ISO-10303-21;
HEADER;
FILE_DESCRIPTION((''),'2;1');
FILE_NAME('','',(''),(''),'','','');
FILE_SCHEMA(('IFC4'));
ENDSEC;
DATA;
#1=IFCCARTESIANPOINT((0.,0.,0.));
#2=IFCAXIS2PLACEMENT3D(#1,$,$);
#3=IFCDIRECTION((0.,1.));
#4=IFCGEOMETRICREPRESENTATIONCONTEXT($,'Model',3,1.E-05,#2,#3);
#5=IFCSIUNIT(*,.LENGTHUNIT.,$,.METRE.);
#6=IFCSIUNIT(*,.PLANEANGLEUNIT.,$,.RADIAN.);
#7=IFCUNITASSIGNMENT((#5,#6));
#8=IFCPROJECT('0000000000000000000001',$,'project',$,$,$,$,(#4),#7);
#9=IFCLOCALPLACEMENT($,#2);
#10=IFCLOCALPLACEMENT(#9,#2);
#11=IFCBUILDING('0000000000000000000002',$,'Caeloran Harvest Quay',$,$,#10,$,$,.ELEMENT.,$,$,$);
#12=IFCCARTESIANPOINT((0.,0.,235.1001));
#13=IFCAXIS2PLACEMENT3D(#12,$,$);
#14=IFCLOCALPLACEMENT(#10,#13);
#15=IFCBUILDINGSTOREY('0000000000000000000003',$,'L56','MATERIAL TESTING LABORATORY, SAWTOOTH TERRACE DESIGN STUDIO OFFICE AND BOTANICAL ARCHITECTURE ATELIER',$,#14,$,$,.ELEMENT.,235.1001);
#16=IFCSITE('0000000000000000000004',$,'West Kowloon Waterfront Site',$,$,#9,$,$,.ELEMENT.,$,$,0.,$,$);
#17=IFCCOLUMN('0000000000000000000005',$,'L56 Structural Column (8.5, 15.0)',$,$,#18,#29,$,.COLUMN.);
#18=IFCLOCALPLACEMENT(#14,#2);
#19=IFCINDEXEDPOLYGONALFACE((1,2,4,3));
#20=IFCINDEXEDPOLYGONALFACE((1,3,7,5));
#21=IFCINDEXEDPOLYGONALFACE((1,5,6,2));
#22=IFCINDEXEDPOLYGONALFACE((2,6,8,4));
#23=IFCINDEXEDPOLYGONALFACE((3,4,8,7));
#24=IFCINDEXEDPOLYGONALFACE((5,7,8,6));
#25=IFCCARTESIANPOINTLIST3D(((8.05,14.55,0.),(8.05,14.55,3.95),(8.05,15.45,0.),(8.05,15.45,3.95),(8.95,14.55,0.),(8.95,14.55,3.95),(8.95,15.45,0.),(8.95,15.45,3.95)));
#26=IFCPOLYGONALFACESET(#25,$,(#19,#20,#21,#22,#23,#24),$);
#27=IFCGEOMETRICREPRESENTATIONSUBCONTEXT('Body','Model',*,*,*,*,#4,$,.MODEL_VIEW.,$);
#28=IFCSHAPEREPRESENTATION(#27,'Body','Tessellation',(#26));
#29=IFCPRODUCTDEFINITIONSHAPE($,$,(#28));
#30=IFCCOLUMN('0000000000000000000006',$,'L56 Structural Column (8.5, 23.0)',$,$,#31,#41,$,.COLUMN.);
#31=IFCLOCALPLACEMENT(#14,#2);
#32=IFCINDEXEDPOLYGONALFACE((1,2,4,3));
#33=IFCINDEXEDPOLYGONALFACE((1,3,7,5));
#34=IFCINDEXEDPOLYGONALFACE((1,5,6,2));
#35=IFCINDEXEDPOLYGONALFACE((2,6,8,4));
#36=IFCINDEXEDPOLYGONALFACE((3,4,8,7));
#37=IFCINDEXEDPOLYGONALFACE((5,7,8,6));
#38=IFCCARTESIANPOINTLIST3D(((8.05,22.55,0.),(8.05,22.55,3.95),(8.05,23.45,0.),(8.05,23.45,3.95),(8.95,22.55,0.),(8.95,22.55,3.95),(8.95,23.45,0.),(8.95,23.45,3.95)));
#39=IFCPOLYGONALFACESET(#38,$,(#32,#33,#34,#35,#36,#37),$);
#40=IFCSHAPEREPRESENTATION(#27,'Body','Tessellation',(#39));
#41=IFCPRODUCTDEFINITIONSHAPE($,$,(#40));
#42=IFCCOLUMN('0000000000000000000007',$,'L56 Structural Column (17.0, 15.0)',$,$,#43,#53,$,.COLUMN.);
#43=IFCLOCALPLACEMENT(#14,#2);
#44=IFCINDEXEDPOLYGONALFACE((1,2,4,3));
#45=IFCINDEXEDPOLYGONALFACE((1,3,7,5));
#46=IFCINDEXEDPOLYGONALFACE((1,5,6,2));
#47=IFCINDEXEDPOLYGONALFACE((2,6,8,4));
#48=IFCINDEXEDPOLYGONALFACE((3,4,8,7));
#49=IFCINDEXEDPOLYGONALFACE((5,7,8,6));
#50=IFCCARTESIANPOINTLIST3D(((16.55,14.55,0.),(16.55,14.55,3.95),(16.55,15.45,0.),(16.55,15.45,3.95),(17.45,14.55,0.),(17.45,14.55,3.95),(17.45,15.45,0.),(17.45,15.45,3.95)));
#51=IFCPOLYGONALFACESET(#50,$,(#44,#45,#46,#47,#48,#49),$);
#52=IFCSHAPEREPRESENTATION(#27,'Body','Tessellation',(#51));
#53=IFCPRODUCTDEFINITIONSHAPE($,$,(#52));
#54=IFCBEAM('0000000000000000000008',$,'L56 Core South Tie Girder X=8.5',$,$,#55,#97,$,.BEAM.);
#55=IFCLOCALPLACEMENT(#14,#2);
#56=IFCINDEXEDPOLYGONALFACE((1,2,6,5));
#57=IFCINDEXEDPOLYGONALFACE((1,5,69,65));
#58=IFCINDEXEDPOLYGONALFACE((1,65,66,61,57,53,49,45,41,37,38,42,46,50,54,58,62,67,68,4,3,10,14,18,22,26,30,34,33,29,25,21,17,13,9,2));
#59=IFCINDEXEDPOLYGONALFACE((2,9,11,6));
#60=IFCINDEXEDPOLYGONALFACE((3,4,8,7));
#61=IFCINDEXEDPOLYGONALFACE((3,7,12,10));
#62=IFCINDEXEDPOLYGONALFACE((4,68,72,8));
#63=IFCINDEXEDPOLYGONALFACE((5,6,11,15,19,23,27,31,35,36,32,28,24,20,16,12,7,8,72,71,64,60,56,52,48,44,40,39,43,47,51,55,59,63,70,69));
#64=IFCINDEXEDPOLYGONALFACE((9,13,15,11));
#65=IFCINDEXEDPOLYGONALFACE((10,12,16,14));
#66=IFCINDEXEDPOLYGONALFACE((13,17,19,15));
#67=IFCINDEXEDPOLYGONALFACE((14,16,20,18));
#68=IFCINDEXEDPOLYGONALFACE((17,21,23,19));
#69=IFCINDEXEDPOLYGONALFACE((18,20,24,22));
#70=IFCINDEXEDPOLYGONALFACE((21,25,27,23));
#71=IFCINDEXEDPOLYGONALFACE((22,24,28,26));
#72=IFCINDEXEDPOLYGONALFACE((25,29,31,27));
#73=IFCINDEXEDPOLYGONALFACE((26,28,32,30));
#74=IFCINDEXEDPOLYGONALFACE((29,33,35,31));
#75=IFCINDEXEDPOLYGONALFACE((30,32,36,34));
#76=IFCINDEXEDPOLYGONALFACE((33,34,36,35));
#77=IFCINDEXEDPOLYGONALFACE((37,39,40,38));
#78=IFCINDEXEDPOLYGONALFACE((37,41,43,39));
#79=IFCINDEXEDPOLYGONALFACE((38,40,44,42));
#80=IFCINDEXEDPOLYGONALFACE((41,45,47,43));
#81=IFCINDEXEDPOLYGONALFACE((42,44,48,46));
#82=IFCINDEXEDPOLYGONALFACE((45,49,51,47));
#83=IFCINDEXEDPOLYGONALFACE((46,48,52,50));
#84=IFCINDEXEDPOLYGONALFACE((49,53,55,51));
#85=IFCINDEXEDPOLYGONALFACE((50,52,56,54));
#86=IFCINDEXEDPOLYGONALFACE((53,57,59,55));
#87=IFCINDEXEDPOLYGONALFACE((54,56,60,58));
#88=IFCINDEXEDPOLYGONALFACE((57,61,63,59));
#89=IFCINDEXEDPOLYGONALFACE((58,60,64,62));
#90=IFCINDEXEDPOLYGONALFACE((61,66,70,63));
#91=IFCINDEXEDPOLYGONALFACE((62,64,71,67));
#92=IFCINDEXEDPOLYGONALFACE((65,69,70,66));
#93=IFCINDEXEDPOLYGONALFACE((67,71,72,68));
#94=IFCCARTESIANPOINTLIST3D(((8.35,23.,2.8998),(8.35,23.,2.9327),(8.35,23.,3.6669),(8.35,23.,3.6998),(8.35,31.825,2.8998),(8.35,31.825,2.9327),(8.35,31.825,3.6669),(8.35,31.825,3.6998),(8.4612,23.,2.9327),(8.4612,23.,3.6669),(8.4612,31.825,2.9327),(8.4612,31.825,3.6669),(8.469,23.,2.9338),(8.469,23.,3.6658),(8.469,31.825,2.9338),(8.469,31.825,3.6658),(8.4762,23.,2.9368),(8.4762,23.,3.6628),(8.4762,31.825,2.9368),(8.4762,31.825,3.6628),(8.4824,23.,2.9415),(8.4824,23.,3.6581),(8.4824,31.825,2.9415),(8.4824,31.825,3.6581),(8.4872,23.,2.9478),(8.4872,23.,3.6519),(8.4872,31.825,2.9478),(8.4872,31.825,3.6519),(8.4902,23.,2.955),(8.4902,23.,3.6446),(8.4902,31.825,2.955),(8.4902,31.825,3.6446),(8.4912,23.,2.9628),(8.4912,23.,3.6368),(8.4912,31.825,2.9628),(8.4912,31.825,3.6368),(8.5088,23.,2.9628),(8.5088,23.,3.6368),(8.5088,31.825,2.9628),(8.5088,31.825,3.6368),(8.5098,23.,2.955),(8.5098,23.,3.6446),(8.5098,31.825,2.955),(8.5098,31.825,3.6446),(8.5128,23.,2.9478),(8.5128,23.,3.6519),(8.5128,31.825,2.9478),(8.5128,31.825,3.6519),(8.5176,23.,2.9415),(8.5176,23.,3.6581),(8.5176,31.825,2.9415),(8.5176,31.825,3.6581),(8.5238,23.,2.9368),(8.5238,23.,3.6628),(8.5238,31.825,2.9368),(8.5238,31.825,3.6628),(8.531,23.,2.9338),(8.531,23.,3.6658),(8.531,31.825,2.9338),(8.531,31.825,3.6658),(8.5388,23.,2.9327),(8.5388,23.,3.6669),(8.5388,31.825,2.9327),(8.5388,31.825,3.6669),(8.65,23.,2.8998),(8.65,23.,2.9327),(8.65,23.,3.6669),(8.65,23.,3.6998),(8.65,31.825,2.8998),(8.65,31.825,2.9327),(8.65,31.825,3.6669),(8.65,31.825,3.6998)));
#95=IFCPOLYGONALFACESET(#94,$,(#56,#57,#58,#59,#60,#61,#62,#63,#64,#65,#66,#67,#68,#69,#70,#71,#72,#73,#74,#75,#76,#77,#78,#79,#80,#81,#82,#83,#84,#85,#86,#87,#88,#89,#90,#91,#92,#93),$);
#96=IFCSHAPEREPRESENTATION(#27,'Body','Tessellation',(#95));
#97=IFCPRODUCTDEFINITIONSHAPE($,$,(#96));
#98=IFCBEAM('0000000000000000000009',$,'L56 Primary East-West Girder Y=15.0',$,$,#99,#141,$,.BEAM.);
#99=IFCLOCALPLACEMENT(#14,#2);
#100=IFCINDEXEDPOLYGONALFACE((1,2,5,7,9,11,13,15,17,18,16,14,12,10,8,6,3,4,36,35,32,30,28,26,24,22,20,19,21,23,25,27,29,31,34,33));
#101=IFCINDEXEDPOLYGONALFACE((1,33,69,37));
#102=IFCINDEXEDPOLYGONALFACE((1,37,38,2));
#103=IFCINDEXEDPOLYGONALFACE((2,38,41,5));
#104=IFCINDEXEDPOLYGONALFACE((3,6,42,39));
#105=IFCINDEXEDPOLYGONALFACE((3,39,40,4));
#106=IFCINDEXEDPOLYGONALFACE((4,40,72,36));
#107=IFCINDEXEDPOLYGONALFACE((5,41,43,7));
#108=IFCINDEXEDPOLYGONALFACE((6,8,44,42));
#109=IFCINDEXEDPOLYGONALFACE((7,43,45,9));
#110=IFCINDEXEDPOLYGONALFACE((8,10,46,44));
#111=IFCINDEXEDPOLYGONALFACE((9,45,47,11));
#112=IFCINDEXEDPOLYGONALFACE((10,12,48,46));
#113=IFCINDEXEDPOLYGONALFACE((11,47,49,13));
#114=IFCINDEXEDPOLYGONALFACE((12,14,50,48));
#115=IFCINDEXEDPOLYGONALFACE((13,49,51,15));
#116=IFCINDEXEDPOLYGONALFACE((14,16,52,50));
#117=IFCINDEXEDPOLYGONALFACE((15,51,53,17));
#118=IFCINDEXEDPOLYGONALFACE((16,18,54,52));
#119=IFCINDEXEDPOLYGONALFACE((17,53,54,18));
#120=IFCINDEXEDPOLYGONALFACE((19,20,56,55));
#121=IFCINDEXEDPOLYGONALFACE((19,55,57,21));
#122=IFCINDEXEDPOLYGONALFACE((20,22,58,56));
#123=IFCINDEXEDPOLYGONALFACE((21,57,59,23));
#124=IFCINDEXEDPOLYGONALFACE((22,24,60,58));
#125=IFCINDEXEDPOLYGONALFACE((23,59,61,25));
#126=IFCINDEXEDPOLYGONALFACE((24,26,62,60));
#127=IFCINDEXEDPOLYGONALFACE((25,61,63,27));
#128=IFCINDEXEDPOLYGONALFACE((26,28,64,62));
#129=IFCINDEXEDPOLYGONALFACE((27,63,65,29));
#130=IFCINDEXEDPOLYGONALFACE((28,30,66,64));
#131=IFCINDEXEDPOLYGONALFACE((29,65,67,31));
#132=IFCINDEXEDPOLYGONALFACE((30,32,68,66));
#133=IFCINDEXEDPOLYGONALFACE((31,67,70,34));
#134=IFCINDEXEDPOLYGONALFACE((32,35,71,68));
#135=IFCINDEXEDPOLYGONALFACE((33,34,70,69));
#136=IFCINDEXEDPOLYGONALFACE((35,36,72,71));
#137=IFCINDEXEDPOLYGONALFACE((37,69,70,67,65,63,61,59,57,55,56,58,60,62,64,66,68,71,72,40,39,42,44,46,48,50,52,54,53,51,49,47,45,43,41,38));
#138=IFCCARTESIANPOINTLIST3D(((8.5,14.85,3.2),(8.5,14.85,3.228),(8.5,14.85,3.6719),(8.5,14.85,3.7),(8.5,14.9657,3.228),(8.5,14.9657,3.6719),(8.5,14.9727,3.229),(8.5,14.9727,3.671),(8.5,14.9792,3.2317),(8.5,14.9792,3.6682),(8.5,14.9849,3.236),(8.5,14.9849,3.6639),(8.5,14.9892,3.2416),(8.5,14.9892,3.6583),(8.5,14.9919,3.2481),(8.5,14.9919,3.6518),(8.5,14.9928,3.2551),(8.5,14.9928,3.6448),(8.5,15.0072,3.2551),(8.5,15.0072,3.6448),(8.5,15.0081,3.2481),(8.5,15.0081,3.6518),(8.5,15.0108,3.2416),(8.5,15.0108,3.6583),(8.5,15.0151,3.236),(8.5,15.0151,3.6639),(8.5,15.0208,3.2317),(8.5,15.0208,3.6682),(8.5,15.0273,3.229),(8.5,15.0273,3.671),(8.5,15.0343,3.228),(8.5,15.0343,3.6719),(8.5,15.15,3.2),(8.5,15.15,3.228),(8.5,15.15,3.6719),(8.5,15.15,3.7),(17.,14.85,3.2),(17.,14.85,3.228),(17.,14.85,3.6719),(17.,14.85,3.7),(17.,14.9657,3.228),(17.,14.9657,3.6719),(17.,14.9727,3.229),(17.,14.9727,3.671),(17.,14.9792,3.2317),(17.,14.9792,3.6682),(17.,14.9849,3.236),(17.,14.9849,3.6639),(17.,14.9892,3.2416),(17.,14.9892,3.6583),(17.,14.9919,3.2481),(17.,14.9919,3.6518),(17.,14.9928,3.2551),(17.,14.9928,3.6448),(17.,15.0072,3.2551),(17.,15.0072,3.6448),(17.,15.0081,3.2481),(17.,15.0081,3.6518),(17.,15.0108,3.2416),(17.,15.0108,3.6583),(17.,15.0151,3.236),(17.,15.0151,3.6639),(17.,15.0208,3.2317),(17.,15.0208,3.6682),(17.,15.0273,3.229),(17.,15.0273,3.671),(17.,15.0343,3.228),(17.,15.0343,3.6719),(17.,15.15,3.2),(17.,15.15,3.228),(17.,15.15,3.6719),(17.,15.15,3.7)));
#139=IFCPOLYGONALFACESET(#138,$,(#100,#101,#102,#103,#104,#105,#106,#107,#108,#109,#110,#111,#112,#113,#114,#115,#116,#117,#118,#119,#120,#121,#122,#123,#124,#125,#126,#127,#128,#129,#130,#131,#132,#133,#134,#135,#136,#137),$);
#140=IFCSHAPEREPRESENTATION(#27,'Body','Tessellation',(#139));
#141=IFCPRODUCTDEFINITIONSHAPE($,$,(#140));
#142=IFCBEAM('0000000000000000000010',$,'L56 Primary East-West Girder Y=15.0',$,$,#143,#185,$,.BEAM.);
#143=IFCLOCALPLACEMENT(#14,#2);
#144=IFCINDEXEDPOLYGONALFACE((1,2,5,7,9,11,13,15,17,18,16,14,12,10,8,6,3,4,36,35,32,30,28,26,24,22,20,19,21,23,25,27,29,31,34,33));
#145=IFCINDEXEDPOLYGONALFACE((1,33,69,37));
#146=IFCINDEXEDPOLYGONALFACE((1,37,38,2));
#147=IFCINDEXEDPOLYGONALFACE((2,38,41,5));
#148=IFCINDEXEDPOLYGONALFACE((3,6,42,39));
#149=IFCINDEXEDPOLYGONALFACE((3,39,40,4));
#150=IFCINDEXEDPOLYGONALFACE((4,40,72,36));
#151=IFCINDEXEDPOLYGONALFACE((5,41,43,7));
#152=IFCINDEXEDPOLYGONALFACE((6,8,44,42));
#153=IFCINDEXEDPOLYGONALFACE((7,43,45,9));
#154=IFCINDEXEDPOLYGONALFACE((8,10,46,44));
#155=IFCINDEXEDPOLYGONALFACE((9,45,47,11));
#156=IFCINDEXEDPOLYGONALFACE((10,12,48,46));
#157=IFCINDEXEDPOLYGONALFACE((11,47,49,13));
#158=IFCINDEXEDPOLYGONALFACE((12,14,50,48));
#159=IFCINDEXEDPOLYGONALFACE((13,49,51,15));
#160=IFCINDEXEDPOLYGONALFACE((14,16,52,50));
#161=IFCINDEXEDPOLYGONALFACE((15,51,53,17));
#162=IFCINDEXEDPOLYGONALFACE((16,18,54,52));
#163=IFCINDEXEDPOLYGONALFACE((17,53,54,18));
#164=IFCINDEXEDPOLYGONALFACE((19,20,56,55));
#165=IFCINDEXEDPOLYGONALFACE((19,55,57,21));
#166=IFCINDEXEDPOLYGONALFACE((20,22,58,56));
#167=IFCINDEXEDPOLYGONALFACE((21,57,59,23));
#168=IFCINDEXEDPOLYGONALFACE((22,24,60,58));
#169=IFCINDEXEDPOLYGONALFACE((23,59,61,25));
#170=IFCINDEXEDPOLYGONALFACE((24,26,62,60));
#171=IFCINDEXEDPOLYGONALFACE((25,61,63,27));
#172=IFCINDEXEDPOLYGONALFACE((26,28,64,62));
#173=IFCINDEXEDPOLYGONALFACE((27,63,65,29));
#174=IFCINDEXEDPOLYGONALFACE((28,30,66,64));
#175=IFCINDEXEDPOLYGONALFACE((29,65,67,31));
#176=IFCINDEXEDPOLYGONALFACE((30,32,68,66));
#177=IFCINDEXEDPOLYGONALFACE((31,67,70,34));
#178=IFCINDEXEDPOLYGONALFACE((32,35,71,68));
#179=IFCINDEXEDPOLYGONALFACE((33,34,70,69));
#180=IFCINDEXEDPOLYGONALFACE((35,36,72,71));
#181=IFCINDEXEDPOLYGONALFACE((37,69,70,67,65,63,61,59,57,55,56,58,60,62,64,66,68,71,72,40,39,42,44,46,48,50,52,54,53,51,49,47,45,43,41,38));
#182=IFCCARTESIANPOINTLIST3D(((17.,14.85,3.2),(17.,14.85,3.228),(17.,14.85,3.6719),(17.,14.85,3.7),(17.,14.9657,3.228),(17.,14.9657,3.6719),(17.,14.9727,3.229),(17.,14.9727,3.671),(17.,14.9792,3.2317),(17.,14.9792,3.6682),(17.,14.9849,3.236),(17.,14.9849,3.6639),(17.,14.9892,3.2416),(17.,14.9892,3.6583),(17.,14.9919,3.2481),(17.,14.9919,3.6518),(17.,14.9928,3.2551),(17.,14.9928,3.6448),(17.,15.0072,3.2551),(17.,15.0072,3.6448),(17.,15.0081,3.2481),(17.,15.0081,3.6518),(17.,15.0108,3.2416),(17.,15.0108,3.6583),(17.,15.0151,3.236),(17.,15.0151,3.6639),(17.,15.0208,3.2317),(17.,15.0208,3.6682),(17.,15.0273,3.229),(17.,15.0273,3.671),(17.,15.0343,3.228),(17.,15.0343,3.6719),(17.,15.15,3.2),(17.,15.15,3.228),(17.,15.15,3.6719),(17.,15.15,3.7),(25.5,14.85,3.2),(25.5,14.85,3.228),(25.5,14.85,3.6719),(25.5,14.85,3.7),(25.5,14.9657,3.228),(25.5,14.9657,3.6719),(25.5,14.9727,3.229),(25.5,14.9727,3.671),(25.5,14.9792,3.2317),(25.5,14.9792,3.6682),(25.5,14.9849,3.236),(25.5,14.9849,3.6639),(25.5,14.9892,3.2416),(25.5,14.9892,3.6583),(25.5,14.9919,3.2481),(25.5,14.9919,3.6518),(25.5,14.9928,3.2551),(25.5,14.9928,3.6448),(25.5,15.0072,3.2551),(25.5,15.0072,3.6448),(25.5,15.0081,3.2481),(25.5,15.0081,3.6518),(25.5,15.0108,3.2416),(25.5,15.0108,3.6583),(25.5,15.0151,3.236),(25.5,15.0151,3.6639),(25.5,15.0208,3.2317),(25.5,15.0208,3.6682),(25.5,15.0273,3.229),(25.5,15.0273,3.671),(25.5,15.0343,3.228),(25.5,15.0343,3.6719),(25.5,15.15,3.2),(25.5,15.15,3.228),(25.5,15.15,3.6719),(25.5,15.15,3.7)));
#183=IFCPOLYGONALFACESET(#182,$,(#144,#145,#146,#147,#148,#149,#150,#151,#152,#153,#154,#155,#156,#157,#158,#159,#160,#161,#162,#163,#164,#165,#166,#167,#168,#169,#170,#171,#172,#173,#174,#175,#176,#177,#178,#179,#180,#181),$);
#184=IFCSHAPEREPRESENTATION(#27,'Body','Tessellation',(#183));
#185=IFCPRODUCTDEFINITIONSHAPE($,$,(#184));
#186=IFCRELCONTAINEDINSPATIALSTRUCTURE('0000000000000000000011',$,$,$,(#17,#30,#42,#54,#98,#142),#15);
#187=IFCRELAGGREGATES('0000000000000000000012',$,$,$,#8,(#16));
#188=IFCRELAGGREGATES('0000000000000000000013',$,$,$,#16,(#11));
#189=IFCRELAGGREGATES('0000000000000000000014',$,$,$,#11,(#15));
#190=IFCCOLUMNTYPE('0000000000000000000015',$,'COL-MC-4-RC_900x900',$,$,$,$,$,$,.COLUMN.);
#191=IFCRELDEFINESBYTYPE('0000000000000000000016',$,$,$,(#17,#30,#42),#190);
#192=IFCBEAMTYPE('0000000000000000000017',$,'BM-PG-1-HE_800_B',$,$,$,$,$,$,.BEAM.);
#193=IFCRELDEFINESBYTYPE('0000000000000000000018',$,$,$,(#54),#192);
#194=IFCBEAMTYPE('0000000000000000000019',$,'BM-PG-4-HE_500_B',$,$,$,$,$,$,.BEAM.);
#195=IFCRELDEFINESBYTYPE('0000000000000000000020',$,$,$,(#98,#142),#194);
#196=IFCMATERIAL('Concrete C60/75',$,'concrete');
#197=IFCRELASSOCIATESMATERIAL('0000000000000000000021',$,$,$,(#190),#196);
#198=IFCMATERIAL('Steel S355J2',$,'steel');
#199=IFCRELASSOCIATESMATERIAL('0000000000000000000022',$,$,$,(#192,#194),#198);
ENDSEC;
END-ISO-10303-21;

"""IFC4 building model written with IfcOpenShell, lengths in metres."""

from ifc_helpers import new_model, si_unit, direction, frame, origin, origin_2d, place, context, subcontext, project, spatial, rectangle, i_section, extrude, material, material_profile, profile_set, type_object, element, save


model = new_model("IFC4")

# Units and contexts
model_context = context("Model", 3, precision=1e-05, world=origin(), true_north=direction((0.0, 1.0)))
body_context = subcontext(model_context, "Body", "Model", "MODEL_VIEW")
ifc_project = project(units=[si_unit("LENGTHUNIT", "METRE"), si_unit("PLANEANGLEUNIT", "RADIAN")], contexts=[model_context])

# Site, building, storey
site_placement = place(None, origin())
site = spatial("IfcSite", under=ifc_project, at=site_placement, Name="West Kowloon Waterfront Site", CompositionType="ELEMENT", RefElevation=0.0)
building_placement = place(site_placement, origin())
building = spatial("IfcBuilding", under=site, at=building_placement, Name="Caeloran Harvest Quay", CompositionType="ELEMENT")
storey_placement = place(building_placement, frame((0.0, 0.0, 235.1001)))
storey = spatial("IfcBuildingStorey", under=building, at=storey_placement, Name="L56", Description="MATERIAL TESTING LABORATORY, SAWTOOTH TERRACE DESIGN STUDIO OFFICE AND BOTANICAL ARCHITECTURE ATELIER", CompositionType="ELEMENT", Elevation=235.1001)

# Columns
ifc_material_1 = material(Name="Concrete C60/75", Category="concrete")
ifc_material_profile_1 = material_profile(ifc_material_1, rectangle(XDim=0.8999, YDim=0.8999, at=origin_2d()), Name="RC 900x900")
ifc_profile_set_1 = profile_set([ifc_material_profile_1], Name="Concrete C60/75")
column_type = type_object("IfcColumnType", Name="COL-MC-4-RC_900x900", PredefinedType="COLUMN", material=ifc_profile_set_1)
for number, where, z_axis, x_axis, name in (
    (1, (8.5, 15.0, 0.0), (0.0, 0.0, 1.0), (1.0, 0.0, 0.0), "L56 Structural Column (8.5, 15.0)"),
    (2, (8.5, 23.0, 0.0), (0.0, 0.0, 1.0), (1.0, 0.0, 0.0), "L56 Structural Column (8.5, 23.0)"),
    (3, (17.0, 15.0, 0.0), (0.0, 0.0, 1.0), (1.0, 0.0, 0.0), "L56 Structural Column (17.0, 15.0)"),
):
    element("IfcColumn", number, at=place(storey_placement, frame(where, z_axis=z_axis, x_axis=x_axis)), inside=storey, type_object=column_type, Name=name, PredefinedType="COLUMN", context=body_context, shape_type="SweptSolid", body=[
        extrude(rectangle(XDim=0.8999, YDim=0.8999, at=origin_2d()), origin(), (0.0, 0.0, 1.0), 3.95),
    ])

# Beams
ifc_material_2 = material(Name="Steel S355J2", Category="steel")
ifc_material_profile_2 = material_profile(ifc_material_2, i_section(OverallWidth=0.3, OverallDepth=0.8, WebThickness=0.0176, FlangeThickness=0.033, FilletRadius=0.03, at=origin_2d()), Name="HE 800 B")
ifc_profile_set_2 = profile_set([ifc_material_profile_2], Name="Steel S355J2")
beam_type_1 = type_object("IfcBeamType", Name="BM-PG-1-HE_800_B", PredefinedType="BEAM", material=ifc_profile_set_2)
beam_1_placement = place(storey_placement, frame((8.5, 23.0, 3.2998), z_axis=(0.0, 1.0, 0.0), x_axis=(-1.0, 0.0, 0.0)))
element("IfcBeam", 4, at=beam_1_placement, inside=storey, type_object=beam_type_1, Name="L56 Core South Tie Girder X=8.5", PredefinedType="BEAM", context=body_context, shape_type="SweptSolid", body=[
    extrude(i_section(OverallWidth=0.3, OverallDepth=0.8, WebThickness=0.0176, FlangeThickness=0.033, FilletRadius=0.03, at=origin_2d()), origin(), (0.0, 0.0, 1.0), 8.825),
])
ifc_material_profile_3 = material_profile(ifc_material_2, i_section(OverallWidth=0.3, OverallDepth=0.5, WebThickness=0.0144, FlangeThickness=0.0281, FilletRadius=0.0271, at=origin_2d()), Name="HE 500 B")
ifc_profile_set_3 = profile_set([ifc_material_profile_3], Name="Steel S355J2")
beam_type_2 = type_object("IfcBeamType", Name="BM-PG-4-HE_500_B", PredefinedType="BEAM", material=ifc_profile_set_3)
for number, where, z_axis, x_axis, name in (
    (5, (8.5, 15.0, 3.45), (1.0, 0.0, 0.0), (0.0, 1.0, 0.0), "L56 Primary East-West Girder Y=15.0"),
    (6, (17.0, 15.0, 3.45), (1.0, 0.0, 0.0), (0.0, 1.0, 0.0), "L56 Primary East-West Girder Y=15.0"),
):
    element("IfcBeam", number, at=place(storey_placement, frame(where, z_axis=z_axis, x_axis=x_axis)), inside=storey, type_object=beam_type_2, Name=name, PredefinedType="BEAM", context=body_context, shape_type="SweptSolid", body=[
        extrude(i_section(OverallWidth=0.3, OverallDepth=0.5, WebThickness=0.0144, FlangeThickness=0.0281, FilletRadius=0.0271, at=origin_2d()), origin(), (0.0, 0.0, 1.0), 8.5),
    ])

save(model, "model.ifc")
